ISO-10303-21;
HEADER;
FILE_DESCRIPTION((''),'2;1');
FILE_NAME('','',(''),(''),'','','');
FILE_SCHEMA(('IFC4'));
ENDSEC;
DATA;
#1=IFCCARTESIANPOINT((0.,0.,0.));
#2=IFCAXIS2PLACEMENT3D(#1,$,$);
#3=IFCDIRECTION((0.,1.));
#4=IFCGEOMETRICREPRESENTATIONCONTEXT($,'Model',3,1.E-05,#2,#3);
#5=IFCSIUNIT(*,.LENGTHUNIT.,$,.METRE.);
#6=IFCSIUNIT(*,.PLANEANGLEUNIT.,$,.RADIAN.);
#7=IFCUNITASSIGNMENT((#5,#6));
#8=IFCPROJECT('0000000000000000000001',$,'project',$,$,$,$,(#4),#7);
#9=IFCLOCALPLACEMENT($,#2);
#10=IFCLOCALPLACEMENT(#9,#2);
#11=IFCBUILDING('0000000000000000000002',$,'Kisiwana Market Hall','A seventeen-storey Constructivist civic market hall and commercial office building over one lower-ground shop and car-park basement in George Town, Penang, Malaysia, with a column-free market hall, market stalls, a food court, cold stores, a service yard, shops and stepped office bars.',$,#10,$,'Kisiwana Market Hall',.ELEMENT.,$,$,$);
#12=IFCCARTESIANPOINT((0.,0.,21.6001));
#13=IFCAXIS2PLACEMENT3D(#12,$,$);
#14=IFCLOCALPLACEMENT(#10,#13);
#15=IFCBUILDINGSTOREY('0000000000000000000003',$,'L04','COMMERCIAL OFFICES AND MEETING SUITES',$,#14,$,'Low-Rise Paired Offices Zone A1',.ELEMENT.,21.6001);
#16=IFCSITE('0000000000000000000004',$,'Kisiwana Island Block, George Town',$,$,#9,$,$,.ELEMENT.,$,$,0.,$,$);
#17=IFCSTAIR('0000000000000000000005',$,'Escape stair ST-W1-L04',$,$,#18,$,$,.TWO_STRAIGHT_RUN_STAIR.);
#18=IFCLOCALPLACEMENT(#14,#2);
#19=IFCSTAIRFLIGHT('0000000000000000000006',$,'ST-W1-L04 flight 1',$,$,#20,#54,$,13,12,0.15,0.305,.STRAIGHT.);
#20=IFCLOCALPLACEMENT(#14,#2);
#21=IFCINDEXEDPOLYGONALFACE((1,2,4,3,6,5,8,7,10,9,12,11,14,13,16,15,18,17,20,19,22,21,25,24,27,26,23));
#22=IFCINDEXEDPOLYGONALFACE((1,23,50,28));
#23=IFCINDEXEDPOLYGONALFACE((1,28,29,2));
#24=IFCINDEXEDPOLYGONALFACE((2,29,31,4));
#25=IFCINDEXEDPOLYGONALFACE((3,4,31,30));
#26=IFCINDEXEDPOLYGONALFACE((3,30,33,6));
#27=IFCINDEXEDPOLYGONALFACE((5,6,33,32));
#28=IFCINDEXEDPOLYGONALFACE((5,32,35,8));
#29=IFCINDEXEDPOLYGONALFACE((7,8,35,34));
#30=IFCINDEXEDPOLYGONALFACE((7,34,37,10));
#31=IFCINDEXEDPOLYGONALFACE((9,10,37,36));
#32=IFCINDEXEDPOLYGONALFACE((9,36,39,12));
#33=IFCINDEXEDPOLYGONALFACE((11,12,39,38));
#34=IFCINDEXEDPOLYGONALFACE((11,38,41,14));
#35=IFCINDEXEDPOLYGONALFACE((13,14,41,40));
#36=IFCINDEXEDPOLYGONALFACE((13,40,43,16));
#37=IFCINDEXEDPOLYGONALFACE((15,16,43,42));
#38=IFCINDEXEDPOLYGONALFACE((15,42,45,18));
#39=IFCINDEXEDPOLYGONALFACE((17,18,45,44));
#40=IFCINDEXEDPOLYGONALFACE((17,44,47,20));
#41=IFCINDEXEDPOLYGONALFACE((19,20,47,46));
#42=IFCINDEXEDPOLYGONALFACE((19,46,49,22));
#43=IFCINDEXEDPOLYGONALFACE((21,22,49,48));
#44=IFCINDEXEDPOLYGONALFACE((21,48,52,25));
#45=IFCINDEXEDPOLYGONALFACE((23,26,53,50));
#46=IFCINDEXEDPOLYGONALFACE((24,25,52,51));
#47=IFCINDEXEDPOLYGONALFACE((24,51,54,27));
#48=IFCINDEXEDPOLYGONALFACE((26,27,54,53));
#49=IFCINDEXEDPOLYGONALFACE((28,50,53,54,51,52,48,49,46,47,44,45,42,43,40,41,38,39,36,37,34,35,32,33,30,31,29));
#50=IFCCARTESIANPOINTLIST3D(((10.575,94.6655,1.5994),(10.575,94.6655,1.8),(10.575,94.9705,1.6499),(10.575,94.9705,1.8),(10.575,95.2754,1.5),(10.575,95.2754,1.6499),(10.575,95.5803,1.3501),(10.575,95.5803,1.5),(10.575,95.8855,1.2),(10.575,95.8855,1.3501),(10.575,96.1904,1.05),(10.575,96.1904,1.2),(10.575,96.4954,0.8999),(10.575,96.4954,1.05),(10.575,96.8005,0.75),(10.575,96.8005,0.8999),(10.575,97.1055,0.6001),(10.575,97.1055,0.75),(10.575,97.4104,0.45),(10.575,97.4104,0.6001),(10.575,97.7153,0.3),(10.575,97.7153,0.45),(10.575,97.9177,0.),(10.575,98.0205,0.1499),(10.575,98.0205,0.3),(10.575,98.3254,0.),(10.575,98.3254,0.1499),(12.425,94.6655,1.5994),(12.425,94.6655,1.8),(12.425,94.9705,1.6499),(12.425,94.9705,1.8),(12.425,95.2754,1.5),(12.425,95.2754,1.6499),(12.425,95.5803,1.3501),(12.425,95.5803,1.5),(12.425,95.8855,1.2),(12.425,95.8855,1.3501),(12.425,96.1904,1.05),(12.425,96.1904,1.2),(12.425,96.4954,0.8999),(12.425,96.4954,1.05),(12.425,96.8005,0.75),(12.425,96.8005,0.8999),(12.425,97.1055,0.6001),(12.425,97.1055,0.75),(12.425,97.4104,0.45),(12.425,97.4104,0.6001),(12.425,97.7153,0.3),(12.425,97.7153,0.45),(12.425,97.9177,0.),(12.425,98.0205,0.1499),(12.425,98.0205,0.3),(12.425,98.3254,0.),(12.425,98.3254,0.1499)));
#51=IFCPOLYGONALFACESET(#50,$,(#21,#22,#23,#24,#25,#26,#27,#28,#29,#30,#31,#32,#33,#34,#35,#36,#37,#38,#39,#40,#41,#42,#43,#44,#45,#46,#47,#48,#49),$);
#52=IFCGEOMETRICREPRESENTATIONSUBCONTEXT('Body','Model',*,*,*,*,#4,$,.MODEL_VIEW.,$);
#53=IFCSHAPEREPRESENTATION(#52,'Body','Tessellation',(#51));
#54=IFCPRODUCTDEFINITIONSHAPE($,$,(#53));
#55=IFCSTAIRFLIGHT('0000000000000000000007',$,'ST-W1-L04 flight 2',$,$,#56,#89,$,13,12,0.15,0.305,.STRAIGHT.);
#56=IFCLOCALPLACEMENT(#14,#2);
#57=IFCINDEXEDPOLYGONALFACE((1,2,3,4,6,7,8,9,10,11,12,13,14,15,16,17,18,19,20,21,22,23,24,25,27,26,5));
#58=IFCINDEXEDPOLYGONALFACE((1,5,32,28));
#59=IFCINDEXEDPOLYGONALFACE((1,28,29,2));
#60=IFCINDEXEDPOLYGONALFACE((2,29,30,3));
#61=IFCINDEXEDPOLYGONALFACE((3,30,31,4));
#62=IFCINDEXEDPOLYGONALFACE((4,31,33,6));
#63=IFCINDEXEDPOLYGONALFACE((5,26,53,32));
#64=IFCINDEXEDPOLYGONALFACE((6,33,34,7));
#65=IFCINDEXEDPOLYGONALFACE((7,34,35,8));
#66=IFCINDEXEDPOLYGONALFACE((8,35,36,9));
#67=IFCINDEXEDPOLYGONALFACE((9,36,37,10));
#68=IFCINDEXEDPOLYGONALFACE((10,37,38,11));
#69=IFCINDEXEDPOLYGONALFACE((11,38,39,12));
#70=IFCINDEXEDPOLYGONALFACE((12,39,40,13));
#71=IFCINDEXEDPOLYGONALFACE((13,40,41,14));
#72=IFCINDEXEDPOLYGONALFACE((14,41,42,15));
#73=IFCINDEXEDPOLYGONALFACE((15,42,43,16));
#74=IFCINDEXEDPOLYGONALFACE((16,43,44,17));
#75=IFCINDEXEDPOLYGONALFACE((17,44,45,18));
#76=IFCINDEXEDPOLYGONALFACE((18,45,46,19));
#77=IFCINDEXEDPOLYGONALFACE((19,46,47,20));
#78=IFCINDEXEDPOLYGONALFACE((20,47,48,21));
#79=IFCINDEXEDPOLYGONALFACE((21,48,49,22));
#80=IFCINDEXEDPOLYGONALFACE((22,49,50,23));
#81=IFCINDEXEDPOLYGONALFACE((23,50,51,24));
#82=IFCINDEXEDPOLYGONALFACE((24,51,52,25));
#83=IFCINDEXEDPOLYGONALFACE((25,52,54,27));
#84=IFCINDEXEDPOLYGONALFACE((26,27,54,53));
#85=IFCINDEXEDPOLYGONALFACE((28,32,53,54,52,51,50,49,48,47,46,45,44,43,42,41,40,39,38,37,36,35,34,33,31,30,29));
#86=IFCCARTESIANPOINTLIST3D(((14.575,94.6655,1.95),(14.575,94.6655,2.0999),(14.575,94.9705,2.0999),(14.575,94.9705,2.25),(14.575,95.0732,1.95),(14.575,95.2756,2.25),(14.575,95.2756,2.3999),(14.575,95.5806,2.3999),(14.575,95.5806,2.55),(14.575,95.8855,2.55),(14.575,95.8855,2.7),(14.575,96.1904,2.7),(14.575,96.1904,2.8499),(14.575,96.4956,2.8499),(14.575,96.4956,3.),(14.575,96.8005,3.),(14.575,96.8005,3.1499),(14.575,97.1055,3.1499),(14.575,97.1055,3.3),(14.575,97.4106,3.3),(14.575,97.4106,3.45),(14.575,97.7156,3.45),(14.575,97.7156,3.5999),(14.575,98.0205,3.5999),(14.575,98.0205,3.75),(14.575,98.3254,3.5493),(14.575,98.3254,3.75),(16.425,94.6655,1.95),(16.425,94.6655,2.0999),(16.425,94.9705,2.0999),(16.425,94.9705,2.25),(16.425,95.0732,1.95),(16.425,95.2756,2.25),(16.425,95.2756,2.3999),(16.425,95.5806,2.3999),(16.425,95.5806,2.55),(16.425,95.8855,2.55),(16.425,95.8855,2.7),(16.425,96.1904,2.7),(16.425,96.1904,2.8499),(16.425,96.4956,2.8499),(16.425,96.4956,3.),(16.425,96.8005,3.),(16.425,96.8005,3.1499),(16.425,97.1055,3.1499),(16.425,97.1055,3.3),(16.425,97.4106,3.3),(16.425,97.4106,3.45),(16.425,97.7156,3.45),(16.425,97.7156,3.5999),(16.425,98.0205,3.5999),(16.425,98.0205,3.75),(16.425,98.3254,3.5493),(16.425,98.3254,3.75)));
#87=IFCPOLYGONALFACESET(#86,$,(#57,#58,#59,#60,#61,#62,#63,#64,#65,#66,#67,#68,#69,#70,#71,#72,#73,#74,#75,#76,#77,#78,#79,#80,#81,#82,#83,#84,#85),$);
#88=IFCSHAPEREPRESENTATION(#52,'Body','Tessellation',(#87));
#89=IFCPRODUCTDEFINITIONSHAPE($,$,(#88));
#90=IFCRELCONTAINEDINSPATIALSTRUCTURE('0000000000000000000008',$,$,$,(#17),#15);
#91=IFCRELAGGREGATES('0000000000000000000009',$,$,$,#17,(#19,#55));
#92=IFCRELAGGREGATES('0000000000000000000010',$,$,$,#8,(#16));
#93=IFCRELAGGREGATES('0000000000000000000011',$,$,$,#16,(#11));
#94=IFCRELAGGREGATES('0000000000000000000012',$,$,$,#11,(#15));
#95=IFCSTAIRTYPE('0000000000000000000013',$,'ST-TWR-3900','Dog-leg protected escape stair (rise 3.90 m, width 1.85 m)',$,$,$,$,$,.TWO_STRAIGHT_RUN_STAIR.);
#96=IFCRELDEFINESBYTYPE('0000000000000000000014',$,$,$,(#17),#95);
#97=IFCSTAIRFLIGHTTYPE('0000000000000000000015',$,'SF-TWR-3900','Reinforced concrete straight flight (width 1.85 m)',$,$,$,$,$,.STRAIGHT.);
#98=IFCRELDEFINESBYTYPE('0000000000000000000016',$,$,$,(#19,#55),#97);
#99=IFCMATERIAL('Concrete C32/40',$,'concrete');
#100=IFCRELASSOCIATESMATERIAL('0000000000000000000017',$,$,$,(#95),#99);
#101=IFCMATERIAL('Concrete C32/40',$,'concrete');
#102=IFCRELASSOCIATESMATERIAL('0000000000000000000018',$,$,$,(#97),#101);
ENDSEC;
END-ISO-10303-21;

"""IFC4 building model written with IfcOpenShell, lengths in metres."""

from ifc_helpers import new_model, si_unit, direction, frame, origin, place, context, subcontext, project, spatial, polyline, outline, extrude, material, type_object, element, aggregate, save


model = new_model("IFC4")

# Units and contexts
model_context = context("Model", 3, precision=1e-05, world=origin(), true_north=direction((0.0, 1.0)))
body_context = subcontext(model_context, "Body", "Model", "MODEL_VIEW")
ifc_project = project(units=[si_unit("LENGTHUNIT", "METRE"), si_unit("PLANEANGLEUNIT", "RADIAN")], contexts=[model_context])

# Site, building, storey
site_placement = place(None, origin())
site = spatial("IfcSite", under=ifc_project, at=site_placement, Name="Kisiwana Island Block, George Town", CompositionType="ELEMENT", RefElevation=0.0)
building_placement = place(site_placement, origin())
building = spatial("IfcBuilding", under=site, at=building_placement, Name="Kisiwana Market Hall", Description="A seventeen-storey Constructivist civic market hall and commercial office building over one lower-ground shop and car-park basement in George Town, Penang, Malaysia, with a column-free market hall, market stalls, a food court, cold stores, a service yard, shops and stepped office bars.", LongName="Kisiwana Market Hall", CompositionType="ELEMENT")
storey_placement = place(building_placement, frame((0.0, 0.0, 21.6001)))
storey = spatial("IfcBuildingStorey", under=building, at=storey_placement, Name="L04", Description="COMMERCIAL OFFICES AND MEETING SUITES", LongName="Low-Rise Paired Offices Zone A1", CompositionType="ELEMENT", Elevation=21.6001)

# Stair, stair flights
ifc_material_1 = material(Name="Concrete C32/40", Category="concrete")
stair_type = type_object("IfcStairType", Name="ST-TWR-3900", Description="Dog-leg protected escape stair (rise 3.90 m, width 1.85 m)", PredefinedType="TWO_STRAIGHT_RUN_STAIR", material=ifc_material_1)
stair_placement = place(storey_placement, origin())
stair = element("IfcStair", 1, at=stair_placement, inside=storey, type_object=stair_type, Name="Escape stair ST-W1-L04", PredefinedType="TWO_STRAIGHT_RUN_STAIR")
ifc_material_2 = material(Name="Concrete C32/40", Category="concrete")
stair_flight_type = type_object("IfcStairFlightType", Name="SF-TWR-3900", Description="Reinforced concrete straight flight (width 1.85 m)", PredefinedType="STRAIGHT", material=ifc_material_2)
stair_flight_1_placement = place(storey_placement, frame((11.5, 98.3254, 0.0), z_axis=(0.0, 0.0, 1.0), x_axis=(0.0, -1.0, 0.0)))
stair_flight_1 = element("IfcStairFlight", 2, at=stair_flight_1_placement, type_object=stair_flight_type, Name="ST-W1-L04 flight 1", NumberOfRisers=13, NumberOfTreads=12, PredefinedType="STRAIGHT", RiserHeight=0.15, TreadLength=0.305, context=body_context, shape_type="SweptSolid", body=[
    extrude(outline(polyline([(0.0, 0.0), (0.0, 0.1499), (0.3049, 0.1499), (0.3049, 0.3), (0.6101, 0.3), (0.6101, 0.45), (0.915, 0.45), (0.915, 0.6001), (1.22, 0.6001), (1.22, 0.75), (1.5249, 0.75), (1.5249, 0.8999), (1.8301, 0.8999), (1.8301, 1.05), (2.135, 1.05), (2.135, 1.2), (2.4399, 1.2), (2.4399, 1.3501), (2.7451, 1.3501), (2.7451, 1.5), (3.05, 1.5), (3.05, 1.6499), (3.355, 1.6499), (3.355, 1.8), (3.6599, 1.8), (3.6599, 1.95), (3.6599, 1.5994), (0.4077, 0.0), (0.0, 0.0)])), frame((0.0, 0.925, 0.0), z_axis=(0.0, -1.0, 0.0), x_axis=(1.0, 0.0, 0.0)), (0.0, 0.0, 1.0), 1.8501),
])
stair_flight_2_placement = place(storey_placement, frame((15.5, 94.6655, 1.95), z_axis=(0.0, 0.0, 1.0), x_axis=(0.0, 1.0, 0.0)))
stair_flight_2 = element("IfcStairFlight", 3, at=stair_flight_2_placement, type_object=stair_flight_type, Name="ST-W1-L04 flight 2", NumberOfRisers=13, NumberOfTreads=12, PredefinedType="STRAIGHT", RiserHeight=0.15, TreadLength=0.305, context=body_context, shape_type="SweptSolid", body=[
    extrude(outline(polyline([(0.0, 0.0), (0.0, 0.1499), (0.3049, 0.1499), (0.3049, 0.3), (0.6101, 0.3), (0.6101, 0.45), (0.915, 0.45), (0.915, 0.6001), (1.22, 0.6001), (1.22, 0.75), (1.5249, 0.75), (1.5249, 0.8999), (1.8301, 0.8999), (1.8301, 1.05), (2.135, 1.05), (2.135, 1.2), (2.4399, 1.2), (2.4399, 1.3501), (2.7451, 1.3501), (2.7451, 1.5), (3.05, 1.5), (3.05, 1.6499), (3.355, 1.6499), (3.355, 1.8), (3.6599, 1.8), (3.6599, 1.95), (3.6599, 1.5994), (0.4077, 0.0), (0.0, 0.0)])), frame((0.0, 0.925, 0.0), z_axis=(0.0, -1.0, 0.0), x_axis=(1.0, 0.0, 0.0)), (0.0, 0.0, 1.0), 1.8501),
])
aggregate(stair, [stair_flight_1, stair_flight_2])

save(model, "model.ifc")
